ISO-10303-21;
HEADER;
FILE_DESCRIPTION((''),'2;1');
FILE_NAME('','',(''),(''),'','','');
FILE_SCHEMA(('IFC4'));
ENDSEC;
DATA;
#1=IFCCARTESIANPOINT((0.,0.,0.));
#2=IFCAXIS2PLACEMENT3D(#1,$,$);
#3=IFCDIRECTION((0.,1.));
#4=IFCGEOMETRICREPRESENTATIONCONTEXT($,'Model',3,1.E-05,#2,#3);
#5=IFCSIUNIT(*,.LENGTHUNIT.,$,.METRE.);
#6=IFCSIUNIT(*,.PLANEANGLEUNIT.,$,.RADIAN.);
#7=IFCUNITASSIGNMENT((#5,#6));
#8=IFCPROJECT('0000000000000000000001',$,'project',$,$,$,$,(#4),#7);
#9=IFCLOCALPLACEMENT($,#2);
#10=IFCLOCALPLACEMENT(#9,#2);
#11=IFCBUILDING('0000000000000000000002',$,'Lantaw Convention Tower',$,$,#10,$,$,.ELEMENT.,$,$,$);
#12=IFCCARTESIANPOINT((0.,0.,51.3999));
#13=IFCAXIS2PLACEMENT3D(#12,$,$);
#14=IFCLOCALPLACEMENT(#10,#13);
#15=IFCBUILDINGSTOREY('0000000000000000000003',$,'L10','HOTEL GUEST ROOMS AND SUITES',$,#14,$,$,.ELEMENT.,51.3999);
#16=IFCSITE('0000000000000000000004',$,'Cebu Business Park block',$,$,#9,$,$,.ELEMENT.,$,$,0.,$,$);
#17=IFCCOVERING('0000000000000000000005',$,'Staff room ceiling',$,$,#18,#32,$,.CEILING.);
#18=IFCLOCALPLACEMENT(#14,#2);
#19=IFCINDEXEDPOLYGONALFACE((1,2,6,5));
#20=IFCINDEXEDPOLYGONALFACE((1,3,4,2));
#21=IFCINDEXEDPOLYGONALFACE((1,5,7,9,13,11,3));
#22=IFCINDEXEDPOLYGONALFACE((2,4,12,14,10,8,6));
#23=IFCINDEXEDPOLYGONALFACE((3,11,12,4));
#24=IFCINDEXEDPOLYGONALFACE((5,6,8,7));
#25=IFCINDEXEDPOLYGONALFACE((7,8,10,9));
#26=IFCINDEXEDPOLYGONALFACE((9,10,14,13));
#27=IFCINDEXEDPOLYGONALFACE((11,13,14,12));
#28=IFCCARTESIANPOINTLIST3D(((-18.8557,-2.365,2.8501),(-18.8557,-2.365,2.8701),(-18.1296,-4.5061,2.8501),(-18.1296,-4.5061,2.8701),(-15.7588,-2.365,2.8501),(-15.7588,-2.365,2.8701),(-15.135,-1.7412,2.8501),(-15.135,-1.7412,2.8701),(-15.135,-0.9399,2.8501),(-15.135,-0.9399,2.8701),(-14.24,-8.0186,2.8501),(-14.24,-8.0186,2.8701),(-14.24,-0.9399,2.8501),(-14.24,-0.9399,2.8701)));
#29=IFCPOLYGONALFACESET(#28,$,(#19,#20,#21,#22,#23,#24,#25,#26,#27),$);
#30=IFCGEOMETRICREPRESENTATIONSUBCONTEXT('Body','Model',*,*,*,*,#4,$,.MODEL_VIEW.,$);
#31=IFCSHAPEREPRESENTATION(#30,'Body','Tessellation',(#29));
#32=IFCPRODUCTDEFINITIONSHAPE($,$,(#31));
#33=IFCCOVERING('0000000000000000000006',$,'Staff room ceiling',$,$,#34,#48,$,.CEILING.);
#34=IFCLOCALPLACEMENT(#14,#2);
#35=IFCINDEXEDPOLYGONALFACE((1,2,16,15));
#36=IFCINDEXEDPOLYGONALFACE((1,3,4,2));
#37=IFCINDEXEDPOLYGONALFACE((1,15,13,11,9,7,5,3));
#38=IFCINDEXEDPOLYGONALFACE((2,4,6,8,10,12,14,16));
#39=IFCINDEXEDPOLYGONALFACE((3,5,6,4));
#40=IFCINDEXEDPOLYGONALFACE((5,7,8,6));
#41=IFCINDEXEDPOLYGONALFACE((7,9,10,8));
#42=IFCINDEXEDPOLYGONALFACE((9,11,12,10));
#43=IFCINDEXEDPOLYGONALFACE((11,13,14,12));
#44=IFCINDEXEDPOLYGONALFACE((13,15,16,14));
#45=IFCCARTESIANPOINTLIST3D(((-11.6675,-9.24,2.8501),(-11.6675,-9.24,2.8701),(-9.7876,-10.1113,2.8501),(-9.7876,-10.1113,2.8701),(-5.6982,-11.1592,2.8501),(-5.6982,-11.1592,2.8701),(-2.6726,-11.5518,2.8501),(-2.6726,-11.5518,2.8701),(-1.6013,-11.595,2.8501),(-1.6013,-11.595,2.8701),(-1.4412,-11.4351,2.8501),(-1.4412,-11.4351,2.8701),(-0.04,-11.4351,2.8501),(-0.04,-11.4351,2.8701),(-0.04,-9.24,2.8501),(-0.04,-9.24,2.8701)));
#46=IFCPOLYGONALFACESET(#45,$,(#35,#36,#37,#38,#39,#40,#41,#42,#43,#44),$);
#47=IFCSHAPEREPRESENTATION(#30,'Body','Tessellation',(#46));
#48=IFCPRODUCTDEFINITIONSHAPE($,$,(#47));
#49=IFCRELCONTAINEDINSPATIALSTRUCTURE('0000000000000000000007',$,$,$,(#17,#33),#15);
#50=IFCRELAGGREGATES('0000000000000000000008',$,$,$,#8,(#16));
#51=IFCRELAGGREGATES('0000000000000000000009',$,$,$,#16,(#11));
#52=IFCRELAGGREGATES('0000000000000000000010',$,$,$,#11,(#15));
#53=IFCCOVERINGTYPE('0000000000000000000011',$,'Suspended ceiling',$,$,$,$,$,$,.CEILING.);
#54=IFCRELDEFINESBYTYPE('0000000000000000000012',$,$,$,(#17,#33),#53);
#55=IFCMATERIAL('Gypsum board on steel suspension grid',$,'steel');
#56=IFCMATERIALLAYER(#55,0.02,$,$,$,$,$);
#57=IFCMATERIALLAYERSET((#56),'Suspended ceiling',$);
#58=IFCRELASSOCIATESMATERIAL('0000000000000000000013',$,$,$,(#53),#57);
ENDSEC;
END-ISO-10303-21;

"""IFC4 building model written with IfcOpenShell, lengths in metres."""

from ifc_helpers import new_model, si_unit, direction, frame, origin, place, context, subcontext, project, spatial, polyline, outline, extrude, material, layer, layer_set, type_object, element, save


model = new_model("IFC4")

# Units and contexts
model_context = context("Model", 3, precision=1e-05, world=origin(), true_north=direction((0.0, 1.0)))
body_context = subcontext(model_context, "Body", "Model", "MODEL_VIEW")
ifc_project = project(units=[si_unit("LENGTHUNIT", "METRE"), si_unit("PLANEANGLEUNIT", "RADIAN")], contexts=[model_context])

# Site, building, storey
site_placement = place(None, origin())
site = spatial("IfcSite", under=ifc_project, at=site_placement, Name="Cebu Business Park block", CompositionType="ELEMENT", RefElevation=0.0)
building_placement = place(site_placement, origin())
building = spatial("IfcBuilding", under=site, at=building_placement, Name="Lantaw Convention Tower", CompositionType="ELEMENT")
storey_placement = place(building_placement, frame((0.0, 0.0, 51.3999)))
storey = spatial("IfcBuildingStorey", under=building, at=storey_placement, Name="L10", Description="HOTEL GUEST ROOMS AND SUITES", CompositionType="ELEMENT", Elevation=51.3999)

# Coverings
ifc_material_1 = material(Name="Gypsum board on steel suspension grid", Category="steel")
ifc_layer_1 = layer(ifc_material_1, 0.02)
ifc_layer_set_1 = layer_set([ifc_layer_1], Name="Suspended ceiling")
covering_type = type_object("IfcCoveringType", Name="Suspended ceiling", PredefinedType="CEILING", material=ifc_layer_set_1)
covering_1_placement = place(storey_placement, frame((0.0, 0.0, 2.8501)))
element("IfcCovering", 1, at=covering_1_placement, inside=storey, type_object=covering_type, Name="Staff room ceiling", PredefinedType="CEILING", context=body_context, shape_type="SweptSolid", body=[
    extrude(outline(polyline([(-14.24, -8.0186), (-14.24, -0.9399), (-15.135, -0.9399), (-15.135, -1.7412), (-15.7588, -2.365), (-18.8557, -2.365), (-18.1296, -4.5061), (-14.24, -8.0186)])), origin(), (0.0, 0.0, 1.0), 0.02),
])
covering_2_placement = place(storey_placement, frame((0.0, 0.0, 2.8501)))
element("IfcCovering", 2, at=covering_2_placement, inside=storey, type_object=covering_type, Name="Staff room ceiling", PredefinedType="CEILING", context=body_context, shape_type="SweptSolid", body=[
    extrude(outline(polyline([(-5.6982, -11.1592), (-2.6726, -11.5518), (-1.6013, -11.595), (-1.4412, -11.4351), (-0.04, -11.4351), (-0.04, -9.24), (-11.6675, -9.24), (-9.7876, -10.1113), (-5.6982, -11.1592)])), origin(), (0.0, 0.0, 1.0), 0.02),
])

save(model, "model.ifc")
